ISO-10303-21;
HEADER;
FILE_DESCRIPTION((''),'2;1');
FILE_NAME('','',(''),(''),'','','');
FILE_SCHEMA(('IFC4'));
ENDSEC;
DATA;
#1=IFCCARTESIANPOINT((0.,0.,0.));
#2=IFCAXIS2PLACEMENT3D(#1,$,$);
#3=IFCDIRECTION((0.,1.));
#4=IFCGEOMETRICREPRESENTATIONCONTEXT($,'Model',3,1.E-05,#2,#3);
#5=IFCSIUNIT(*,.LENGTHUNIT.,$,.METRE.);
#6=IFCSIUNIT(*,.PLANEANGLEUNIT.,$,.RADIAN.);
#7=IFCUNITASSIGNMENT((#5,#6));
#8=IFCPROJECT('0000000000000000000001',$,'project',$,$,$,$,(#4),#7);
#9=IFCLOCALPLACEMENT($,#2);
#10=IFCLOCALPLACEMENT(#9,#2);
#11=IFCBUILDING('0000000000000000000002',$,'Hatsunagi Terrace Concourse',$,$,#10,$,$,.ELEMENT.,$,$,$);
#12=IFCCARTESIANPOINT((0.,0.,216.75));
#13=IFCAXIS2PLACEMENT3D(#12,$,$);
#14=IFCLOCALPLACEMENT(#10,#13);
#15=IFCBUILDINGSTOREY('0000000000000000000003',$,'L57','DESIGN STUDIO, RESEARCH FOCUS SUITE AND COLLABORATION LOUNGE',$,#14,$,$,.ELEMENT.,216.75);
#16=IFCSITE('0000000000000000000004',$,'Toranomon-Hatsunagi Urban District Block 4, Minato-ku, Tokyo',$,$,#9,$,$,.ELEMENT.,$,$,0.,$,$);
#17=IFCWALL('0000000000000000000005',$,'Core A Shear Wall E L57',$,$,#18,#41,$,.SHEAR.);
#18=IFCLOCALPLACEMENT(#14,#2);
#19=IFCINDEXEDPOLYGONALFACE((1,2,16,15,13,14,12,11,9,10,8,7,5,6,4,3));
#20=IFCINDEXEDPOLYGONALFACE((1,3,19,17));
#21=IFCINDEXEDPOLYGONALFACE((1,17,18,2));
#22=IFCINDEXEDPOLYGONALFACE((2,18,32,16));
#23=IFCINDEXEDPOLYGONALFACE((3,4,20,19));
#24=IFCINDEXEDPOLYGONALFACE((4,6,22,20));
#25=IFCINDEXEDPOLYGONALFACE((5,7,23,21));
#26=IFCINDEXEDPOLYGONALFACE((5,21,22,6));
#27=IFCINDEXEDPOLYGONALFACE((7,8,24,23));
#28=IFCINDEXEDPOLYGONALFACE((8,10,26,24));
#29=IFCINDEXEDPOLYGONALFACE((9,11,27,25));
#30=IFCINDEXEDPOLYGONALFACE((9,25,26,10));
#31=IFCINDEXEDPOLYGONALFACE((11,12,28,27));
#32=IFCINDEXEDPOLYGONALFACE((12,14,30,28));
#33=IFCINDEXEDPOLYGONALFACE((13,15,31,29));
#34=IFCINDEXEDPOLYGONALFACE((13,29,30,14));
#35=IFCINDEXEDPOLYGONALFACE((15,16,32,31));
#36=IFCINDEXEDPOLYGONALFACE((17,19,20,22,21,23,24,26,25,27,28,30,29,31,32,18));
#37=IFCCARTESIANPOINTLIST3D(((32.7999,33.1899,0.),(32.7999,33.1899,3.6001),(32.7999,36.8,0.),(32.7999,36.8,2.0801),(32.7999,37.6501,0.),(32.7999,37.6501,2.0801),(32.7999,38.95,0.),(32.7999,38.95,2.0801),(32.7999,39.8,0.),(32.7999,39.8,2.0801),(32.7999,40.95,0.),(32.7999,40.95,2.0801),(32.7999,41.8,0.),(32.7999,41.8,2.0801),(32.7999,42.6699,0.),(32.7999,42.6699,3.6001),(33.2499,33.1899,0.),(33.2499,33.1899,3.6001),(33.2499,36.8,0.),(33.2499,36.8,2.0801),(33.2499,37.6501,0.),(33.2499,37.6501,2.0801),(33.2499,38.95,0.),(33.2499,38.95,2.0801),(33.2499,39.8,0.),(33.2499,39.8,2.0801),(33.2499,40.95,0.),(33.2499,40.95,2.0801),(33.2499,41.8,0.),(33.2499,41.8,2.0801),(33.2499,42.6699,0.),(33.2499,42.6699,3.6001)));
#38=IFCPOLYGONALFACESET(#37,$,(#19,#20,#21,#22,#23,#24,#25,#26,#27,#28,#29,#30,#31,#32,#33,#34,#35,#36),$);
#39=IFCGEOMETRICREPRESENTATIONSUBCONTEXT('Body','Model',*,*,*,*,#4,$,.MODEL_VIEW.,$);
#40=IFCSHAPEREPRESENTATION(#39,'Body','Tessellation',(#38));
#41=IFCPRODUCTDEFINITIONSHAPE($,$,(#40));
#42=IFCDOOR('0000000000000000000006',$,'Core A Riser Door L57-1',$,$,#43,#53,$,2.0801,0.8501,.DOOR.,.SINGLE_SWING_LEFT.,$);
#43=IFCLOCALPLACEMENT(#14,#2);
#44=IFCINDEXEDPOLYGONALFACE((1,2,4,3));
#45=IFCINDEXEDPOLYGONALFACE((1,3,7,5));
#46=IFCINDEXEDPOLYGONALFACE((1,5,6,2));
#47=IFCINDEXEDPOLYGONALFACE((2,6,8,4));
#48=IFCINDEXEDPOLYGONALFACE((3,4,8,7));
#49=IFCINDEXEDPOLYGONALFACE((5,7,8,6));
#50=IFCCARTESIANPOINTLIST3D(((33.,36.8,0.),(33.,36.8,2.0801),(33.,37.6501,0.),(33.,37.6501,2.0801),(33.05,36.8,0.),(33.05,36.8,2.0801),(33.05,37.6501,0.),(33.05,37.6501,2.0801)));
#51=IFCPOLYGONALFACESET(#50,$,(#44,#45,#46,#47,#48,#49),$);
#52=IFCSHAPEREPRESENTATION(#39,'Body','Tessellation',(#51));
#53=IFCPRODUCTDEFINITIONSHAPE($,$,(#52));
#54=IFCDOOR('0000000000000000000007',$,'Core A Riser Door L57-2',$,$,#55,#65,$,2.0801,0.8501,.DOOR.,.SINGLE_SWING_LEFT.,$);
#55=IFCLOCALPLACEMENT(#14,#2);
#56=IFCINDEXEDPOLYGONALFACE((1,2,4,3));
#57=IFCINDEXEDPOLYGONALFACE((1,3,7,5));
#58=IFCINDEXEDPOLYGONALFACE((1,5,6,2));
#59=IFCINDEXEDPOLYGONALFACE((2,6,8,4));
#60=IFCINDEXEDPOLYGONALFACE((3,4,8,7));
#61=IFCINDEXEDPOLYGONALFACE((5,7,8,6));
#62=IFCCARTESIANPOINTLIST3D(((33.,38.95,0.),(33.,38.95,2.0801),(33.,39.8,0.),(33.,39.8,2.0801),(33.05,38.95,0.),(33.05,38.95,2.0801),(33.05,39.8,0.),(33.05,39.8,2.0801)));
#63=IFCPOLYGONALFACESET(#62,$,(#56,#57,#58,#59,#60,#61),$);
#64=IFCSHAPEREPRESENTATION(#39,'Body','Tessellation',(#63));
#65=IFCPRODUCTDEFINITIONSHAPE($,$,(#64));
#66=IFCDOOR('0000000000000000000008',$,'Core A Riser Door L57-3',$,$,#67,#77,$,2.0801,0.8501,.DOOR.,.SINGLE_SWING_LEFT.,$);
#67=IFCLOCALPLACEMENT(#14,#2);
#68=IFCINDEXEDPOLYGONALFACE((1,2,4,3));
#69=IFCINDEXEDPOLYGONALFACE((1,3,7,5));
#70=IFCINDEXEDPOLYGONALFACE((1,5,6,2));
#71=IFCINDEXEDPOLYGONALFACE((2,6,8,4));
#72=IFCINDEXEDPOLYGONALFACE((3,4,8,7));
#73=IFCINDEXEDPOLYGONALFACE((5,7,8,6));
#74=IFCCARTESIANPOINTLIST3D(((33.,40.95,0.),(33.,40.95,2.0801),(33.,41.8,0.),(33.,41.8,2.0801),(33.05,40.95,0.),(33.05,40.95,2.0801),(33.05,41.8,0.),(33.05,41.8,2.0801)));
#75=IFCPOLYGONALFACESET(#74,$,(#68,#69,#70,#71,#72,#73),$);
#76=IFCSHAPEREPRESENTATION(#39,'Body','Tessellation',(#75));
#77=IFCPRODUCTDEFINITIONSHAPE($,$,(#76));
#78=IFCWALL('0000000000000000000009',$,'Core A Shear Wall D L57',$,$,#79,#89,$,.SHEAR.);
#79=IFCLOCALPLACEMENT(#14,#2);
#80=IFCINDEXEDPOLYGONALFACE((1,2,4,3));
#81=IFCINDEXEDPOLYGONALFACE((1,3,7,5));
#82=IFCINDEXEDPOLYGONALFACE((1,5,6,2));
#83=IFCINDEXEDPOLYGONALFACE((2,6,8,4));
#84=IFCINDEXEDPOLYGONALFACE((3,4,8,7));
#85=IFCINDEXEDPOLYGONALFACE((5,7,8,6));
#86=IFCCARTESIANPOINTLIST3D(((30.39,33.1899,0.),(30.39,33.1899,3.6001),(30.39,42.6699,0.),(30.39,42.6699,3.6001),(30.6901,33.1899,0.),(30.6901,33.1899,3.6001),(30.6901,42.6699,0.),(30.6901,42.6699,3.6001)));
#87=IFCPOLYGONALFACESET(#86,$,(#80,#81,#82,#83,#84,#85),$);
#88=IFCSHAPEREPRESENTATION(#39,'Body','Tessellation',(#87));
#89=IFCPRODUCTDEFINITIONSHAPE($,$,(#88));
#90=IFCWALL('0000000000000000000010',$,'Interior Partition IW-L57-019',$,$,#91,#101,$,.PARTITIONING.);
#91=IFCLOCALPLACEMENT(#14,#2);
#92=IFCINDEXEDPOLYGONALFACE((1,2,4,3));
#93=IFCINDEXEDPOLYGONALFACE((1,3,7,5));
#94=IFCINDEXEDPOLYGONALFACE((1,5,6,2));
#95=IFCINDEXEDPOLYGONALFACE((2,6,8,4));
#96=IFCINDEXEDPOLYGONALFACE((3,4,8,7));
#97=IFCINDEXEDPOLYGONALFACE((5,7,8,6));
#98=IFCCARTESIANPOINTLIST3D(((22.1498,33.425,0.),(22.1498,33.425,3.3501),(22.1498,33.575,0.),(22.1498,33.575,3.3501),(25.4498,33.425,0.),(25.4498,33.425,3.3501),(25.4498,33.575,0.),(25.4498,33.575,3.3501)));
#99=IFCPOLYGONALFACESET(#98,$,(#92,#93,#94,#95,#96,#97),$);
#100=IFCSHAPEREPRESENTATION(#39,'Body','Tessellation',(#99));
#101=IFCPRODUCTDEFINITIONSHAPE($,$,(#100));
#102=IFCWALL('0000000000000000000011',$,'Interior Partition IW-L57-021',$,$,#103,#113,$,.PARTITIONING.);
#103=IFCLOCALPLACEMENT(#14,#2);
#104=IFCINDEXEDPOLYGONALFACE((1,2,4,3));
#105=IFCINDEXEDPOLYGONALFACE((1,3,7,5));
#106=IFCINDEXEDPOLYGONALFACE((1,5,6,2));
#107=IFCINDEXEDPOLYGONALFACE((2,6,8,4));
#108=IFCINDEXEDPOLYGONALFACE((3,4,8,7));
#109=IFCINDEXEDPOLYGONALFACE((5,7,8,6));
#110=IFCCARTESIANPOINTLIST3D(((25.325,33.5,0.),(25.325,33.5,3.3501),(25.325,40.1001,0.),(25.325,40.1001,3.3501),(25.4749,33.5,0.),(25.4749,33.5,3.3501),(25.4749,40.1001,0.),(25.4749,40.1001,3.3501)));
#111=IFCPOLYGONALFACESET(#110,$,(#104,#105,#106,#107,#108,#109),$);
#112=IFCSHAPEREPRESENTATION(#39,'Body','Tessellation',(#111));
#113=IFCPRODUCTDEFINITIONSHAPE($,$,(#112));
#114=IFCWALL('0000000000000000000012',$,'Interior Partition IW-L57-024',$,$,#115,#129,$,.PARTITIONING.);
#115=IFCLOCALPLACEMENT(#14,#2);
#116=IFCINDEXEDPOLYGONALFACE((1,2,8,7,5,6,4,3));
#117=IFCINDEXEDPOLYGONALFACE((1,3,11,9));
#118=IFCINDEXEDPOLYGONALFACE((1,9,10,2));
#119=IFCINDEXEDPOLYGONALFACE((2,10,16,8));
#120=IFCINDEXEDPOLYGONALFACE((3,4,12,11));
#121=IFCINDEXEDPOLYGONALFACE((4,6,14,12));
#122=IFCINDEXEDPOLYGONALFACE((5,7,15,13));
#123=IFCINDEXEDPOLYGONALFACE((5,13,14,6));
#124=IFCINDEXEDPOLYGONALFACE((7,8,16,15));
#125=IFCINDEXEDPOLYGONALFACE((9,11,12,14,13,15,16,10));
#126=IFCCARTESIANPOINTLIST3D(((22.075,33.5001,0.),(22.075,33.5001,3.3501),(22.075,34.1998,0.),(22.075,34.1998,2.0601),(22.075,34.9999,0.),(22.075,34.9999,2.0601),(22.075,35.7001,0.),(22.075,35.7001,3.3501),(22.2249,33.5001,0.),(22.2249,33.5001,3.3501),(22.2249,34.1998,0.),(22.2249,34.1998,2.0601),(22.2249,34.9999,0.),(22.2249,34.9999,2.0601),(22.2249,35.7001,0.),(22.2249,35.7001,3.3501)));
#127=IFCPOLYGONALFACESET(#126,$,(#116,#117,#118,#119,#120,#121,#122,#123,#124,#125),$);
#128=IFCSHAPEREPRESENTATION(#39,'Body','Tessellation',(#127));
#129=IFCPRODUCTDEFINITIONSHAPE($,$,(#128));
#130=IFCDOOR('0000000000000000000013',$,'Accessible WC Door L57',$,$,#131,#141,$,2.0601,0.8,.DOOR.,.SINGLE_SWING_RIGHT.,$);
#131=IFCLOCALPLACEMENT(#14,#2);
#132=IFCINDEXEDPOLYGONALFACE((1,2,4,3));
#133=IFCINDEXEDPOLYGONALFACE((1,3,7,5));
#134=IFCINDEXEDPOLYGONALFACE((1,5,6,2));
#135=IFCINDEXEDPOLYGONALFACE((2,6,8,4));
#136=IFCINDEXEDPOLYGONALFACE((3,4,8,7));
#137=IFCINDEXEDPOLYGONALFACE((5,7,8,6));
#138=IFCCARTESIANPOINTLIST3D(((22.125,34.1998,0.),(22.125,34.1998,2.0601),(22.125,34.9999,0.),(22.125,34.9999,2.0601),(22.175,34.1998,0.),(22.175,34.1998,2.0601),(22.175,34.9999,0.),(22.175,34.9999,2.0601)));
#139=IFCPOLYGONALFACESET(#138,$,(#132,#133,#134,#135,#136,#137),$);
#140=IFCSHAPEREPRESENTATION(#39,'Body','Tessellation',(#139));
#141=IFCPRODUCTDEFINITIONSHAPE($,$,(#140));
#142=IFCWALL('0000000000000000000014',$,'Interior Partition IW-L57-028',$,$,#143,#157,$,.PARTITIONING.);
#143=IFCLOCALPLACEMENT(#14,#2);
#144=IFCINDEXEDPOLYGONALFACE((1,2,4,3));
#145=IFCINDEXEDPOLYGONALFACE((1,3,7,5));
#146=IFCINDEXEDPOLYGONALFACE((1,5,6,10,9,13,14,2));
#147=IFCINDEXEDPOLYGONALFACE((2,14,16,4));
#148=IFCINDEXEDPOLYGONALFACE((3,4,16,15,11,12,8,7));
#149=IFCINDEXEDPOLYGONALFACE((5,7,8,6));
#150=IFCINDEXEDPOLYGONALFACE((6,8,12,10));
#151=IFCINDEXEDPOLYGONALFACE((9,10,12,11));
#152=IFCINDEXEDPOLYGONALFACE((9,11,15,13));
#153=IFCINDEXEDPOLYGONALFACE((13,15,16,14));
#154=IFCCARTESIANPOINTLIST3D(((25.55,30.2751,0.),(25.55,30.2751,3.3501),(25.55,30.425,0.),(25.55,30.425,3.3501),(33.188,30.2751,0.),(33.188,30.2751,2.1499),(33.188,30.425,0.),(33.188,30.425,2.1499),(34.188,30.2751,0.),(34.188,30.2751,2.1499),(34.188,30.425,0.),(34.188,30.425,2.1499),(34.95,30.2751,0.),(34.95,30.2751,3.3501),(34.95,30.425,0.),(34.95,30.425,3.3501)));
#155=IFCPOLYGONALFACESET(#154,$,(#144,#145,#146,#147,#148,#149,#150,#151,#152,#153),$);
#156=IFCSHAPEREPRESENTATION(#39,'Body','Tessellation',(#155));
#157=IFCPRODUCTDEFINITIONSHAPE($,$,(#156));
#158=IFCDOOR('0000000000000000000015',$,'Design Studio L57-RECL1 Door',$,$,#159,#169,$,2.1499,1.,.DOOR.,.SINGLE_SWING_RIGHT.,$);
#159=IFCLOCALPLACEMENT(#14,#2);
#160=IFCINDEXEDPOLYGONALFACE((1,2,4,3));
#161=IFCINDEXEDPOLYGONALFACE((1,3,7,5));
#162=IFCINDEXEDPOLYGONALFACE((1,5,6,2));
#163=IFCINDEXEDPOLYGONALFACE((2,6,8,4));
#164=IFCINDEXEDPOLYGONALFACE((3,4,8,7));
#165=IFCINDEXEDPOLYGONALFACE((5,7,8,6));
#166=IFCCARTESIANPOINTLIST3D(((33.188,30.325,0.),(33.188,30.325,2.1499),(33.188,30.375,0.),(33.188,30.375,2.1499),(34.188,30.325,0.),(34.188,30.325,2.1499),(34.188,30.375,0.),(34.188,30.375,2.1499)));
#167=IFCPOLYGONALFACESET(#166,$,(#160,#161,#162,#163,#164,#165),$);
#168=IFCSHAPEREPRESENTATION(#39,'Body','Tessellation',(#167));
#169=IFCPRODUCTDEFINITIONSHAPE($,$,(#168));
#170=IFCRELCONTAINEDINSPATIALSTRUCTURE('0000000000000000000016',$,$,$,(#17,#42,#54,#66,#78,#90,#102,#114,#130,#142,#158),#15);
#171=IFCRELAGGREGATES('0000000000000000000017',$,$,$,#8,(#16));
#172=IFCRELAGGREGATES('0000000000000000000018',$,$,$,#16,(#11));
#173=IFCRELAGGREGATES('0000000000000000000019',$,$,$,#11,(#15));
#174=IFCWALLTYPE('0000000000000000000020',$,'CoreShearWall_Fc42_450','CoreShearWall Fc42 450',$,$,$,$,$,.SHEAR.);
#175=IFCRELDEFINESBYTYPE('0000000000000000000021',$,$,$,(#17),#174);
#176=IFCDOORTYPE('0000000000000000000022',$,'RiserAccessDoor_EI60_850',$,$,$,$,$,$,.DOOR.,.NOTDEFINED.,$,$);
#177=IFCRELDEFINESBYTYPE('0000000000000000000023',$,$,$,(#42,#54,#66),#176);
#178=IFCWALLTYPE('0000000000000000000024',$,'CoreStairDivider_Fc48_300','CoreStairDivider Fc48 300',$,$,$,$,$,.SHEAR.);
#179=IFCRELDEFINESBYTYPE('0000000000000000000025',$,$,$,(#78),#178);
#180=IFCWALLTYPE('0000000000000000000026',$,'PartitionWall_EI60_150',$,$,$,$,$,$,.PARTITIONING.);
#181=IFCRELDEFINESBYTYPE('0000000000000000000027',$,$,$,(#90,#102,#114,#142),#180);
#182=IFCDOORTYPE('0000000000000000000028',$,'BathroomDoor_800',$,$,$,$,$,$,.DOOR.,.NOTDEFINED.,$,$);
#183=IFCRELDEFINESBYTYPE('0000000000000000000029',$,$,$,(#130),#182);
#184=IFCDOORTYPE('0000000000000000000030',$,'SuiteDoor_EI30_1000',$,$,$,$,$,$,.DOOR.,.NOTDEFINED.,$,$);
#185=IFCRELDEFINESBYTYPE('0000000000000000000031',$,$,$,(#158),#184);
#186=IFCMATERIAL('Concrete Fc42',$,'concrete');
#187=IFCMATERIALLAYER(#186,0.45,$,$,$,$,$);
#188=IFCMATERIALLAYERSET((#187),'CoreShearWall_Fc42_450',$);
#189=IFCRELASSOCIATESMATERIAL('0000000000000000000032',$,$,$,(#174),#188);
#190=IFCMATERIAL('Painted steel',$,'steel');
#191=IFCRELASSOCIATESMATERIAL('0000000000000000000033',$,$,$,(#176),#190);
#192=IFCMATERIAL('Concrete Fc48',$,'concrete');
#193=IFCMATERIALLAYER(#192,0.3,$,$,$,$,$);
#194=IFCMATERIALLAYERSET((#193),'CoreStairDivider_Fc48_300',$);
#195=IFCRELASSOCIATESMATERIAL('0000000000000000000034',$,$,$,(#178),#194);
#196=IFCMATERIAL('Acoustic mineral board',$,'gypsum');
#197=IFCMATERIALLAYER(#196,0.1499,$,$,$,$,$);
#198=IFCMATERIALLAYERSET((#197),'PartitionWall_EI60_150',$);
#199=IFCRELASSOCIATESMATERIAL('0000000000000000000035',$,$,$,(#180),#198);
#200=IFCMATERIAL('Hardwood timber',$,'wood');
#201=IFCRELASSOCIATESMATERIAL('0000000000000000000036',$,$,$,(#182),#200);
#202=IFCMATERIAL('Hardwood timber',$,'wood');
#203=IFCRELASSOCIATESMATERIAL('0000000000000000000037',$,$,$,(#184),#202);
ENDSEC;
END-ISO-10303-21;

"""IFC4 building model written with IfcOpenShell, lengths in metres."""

from ifc_helpers import new_model, si_unit, direction, frame, frame_2d, origin, place, context, subcontext, project, spatial, rectangle, extrude, material, layer, layer_set, type_object, element, fill, save


model = new_model("IFC4")

# Units and contexts
model_context = context("Model", 3, precision=1e-05, world=origin(), true_north=direction((0.0, 1.0)))
body_context = subcontext(model_context, "Body", "Model", "MODEL_VIEW")
ifc_project = project(units=[si_unit("LENGTHUNIT", "METRE"), si_unit("PLANEANGLEUNIT", "RADIAN")], contexts=[model_context])

# Site, building, storey
site_placement = place(None, origin())
site = spatial("IfcSite", under=ifc_project, at=site_placement, Name="Toranomon-Hatsunagi Urban District Block 4, Minato-ku, Tokyo", CompositionType="ELEMENT", RefElevation=0.0)
building_placement = place(site_placement, origin())
building = spatial("IfcBuilding", under=site, at=building_placement, Name="Hatsunagi Terrace Concourse", CompositionType="ELEMENT")
storey_placement = place(building_placement, frame((0.0, 0.0, 216.75)))
storey = spatial("IfcBuildingStorey", under=building, at=storey_placement, Name="L57", Description="DESIGN STUDIO, RESEARCH FOCUS SUITE AND COLLABORATION LOUNGE", CompositionType="ELEMENT", Elevation=216.75)

# Shared definitions
ifc_material_1 = material(Name="Concrete Fc42", Category="concrete")
ifc_layer_1 = layer(ifc_material_1, 0.45)
ifc_layer_set_1 = layer_set([ifc_layer_1], Name="CoreShearWall_Fc42_450")
wall_type_1 = type_object("IfcWallType", Name="CoreShearWall_Fc42_450", Description="CoreShearWall Fc42 450", PredefinedType="SHEAR", material=ifc_layer_set_1)

# Wall, openings, doors
wall_1_placement = place(storey_placement, frame((33.0249, 33.1899, 0.0), z_axis=(0.0, 0.0, 1.0), x_axis=(0.0, 1.0, 0.0)))
wall_1 = element("IfcWall", 1, at=wall_1_placement, inside=storey, type_object=wall_type_1, Name="Core A Shear Wall E L57", PredefinedType="SHEAR", context=body_context, shape_type="SweptSolid", body=[
    extrude(rectangle(XDim=9.48, YDim=0.45, at=frame_2d((4.74, 0.0))), origin(), (0.0, 0.0, 1.0), 3.6001),
])
opening_1_placement = place(wall_1_placement, frame((3.6101, 0.0, 0.0)))
opening_1 = element("IfcOpeningElement", 2, at=opening_1_placement, cuts=wall_1, PredefinedType="OPENING", context=body_context, shape_type="SweptSolid", body=[
    extrude(rectangle(XDim=0.8501, YDim=2.0801, at=frame_2d((0.425, 1.04))), frame((0.0, 0.2349, 0.0), z_axis=(0.0, -1.0, 0.0), x_axis=(1.0, 0.0, 0.0)), (0.0, 0.0, 1.0), 0.47),
])
opening_2_placement = place(wall_1_placement, frame((5.76, 0.0, 0.0)))
opening_2 = element("IfcOpeningElement", 3, at=opening_2_placement, cuts=wall_1, PredefinedType="OPENING", context=body_context, shape_type="SweptSolid", body=[
    extrude(rectangle(XDim=0.8501, YDim=2.0801, at=frame_2d((0.425, 1.04))), frame((0.0, 0.2349, 0.0), z_axis=(0.0, -1.0, 0.0), x_axis=(1.0, 0.0, 0.0)), (0.0, 0.0, 1.0), 0.47),
])
opening_3_placement = place(wall_1_placement, frame((7.76, 0.0, 0.0)))
opening_3 = element("IfcOpeningElement", 4, at=opening_3_placement, cuts=wall_1, PredefinedType="OPENING", context=body_context, shape_type="SweptSolid", body=[
    extrude(rectangle(XDim=0.8501, YDim=2.0801, at=frame_2d((0.425, 1.04))), frame((0.0, 0.2349, 0.0), z_axis=(0.0, -1.0, 0.0), x_axis=(1.0, 0.0, 0.0)), (0.0, 0.0, 1.0), 0.47),
])
ifc_material_2 = material(Name="Painted steel", Category="steel")
door_type_1 = type_object("IfcDoorType", Name="RiserAccessDoor_EI60_850", OperationType="NOTDEFINED", PredefinedType="DOOR", material=ifc_material_2)
door_1_placement = place(opening_1_placement, origin())
door_1 = element("IfcDoor", 5, at=door_1_placement, inside=storey, type_object=door_type_1, Name="Core A Riser Door L57-1", OperationType="SINGLE_SWING_LEFT", OverallHeight=2.0801, OverallWidth=0.8501, PredefinedType="DOOR", context=body_context, shape_type="SweptSolid", body=[
    extrude(rectangle(XDim=0.8501, YDim=2.0801, at=frame_2d((0.425, 1.04))), frame((0.0, 0.0249, 0.0), z_axis=(0.0, -1.0, 0.0), x_axis=(1.0, 0.0, 0.0)), (0.0, 0.0, 1.0), 0.05),
])
fill(opening_1, door_1)
door_2_placement = place(opening_2_placement, origin())
door_2 = element("IfcDoor", 6, at=door_2_placement, inside=storey, type_object=door_type_1, Name="Core A Riser Door L57-2", OperationType="SINGLE_SWING_LEFT", OverallHeight=2.0801, OverallWidth=0.8501, PredefinedType="DOOR", context=body_context, shape_type="SweptSolid", body=[
    extrude(rectangle(XDim=0.8501, YDim=2.0801, at=frame_2d((0.425, 1.04))), frame((0.0, 0.0249, 0.0), z_axis=(0.0, -1.0, 0.0), x_axis=(1.0, 0.0, 0.0)), (0.0, 0.0, 1.0), 0.05),
])
fill(opening_2, door_2)
door_3_placement = place(opening_3_placement, origin())
door_3 = element("IfcDoor", 7, at=door_3_placement, inside=storey, type_object=door_type_1, Name="Core A Riser Door L57-3", OperationType="SINGLE_SWING_LEFT", OverallHeight=2.0801, OverallWidth=0.8501, PredefinedType="DOOR", context=body_context, shape_type="SweptSolid", body=[
    extrude(rectangle(XDim=0.8501, YDim=2.0801, at=frame_2d((0.425, 1.04))), frame((0.0, 0.0249, 0.0), z_axis=(0.0, -1.0, 0.0), x_axis=(1.0, 0.0, 0.0)), (0.0, 0.0, 1.0), 0.05),
])
fill(opening_3, door_3)

# Walls
ifc_material_3 = material(Name="Concrete Fc48", Category="concrete")
ifc_layer_2 = layer(ifc_material_3, 0.3)
ifc_layer_set_2 = layer_set([ifc_layer_2], Name="CoreStairDivider_Fc48_300")
wall_type_2 = type_object("IfcWallType", Name="CoreStairDivider_Fc48_300", Description="CoreStairDivider Fc48 300", PredefinedType="SHEAR", material=ifc_layer_set_2)
wall_2_placement = place(storey_placement, frame((30.54, 33.1899, 0.0), z_axis=(0.0, 0.0, 1.0), x_axis=(0.0, 1.0, 0.0)))
element("IfcWall", 8, at=wall_2_placement, inside=storey, type_object=wall_type_2, Name="Core A Shear Wall D L57", PredefinedType="SHEAR", context=body_context, shape_type="SweptSolid", body=[
    extrude(rectangle(XDim=9.48, YDim=0.3, at=frame_2d((4.74, 0.0))), origin(), (0.0, 0.0, 1.0), 3.6001),
])
ifc_material_4 = material(Name="Acoustic mineral board", Category="gypsum")
ifc_layer_3 = layer(ifc_material_4, 0.1499)
ifc_layer_set_3 = layer_set([ifc_layer_3], Name="PartitionWall_EI60_150")
wall_type_3 = type_object("IfcWallType", Name="PartitionWall_EI60_150", PredefinedType="PARTITIONING", material=ifc_layer_set_3)
wall_3_placement = place(storey_placement, frame((22.1499, 33.5, 0.0), z_axis=(0.0, 0.0, 1.0), x_axis=(1.0, 0.0, 0.0)))
element("IfcWall", 9, at=wall_3_placement, inside=storey, type_object=wall_type_3, Name="Interior Partition IW-L57-019", PredefinedType="PARTITIONING", context=body_context, shape_type="SweptSolid", body=[
    extrude(rectangle(XDim=3.3, YDim=0.1499, at=frame_2d((1.6499, 0.0))), origin(), (0.0, 0.0, 1.0), 3.3501),
])
wall_4_placement = place(storey_placement, frame((25.3999, 33.5, 0.0), z_axis=(0.0, 0.0, 1.0), x_axis=(0.0, 1.0, 0.0)))
element("IfcWall", 10, at=wall_4_placement, inside=storey, type_object=wall_type_3, Name="Interior Partition IW-L57-021", PredefinedType="PARTITIONING", context=body_context, shape_type="SweptSolid", body=[
    extrude(rectangle(XDim=6.6001, YDim=0.1499, at=frame_2d((3.3, 0.0))), origin(), (0.0, 0.0, 1.0), 3.3501),
])

# Walls, openings, doors
wall_5_placement = place(storey_placement, frame((22.1499, 33.5, 0.0), z_axis=(0.0, 0.0, 1.0), x_axis=(0.0, 1.0, 0.0)))
wall_5 = element("IfcWall", 11, at=wall_5_placement, inside=storey, type_object=wall_type_3, Name="Interior Partition IW-L57-024", PredefinedType="PARTITIONING", context=body_context, shape_type="SweptSolid", body=[
    extrude(rectangle(XDim=2.2, YDim=0.1499, at=frame_2d((1.1001, 0.0))), origin(), (0.0, 0.0, 1.0), 3.3501),
])
opening_4_placement = place(wall_5_placement, frame((0.7, 0.0, 0.0)))
opening_4 = element("IfcOpeningElement", 12, at=opening_4_placement, cuts=wall_5, PredefinedType="OPENING", context=body_context, shape_type="SweptSolid", body=[
    extrude(rectangle(XDim=0.8, YDim=2.0601, at=frame_2d((0.3999, 1.03))), frame((0.0, 0.085, 0.0), z_axis=(0.0, -1.0, 0.0), x_axis=(1.0, 0.0, 0.0)), (0.0, 0.0, 1.0), 0.1699),
])
ifc_material_5 = material(Name="Hardwood timber", Category="wood")
door_type_2 = type_object("IfcDoorType", Name="BathroomDoor_800", OperationType="NOTDEFINED", PredefinedType="DOOR", material=ifc_material_5)
door_4_placement = place(opening_4_placement, origin())
door_4 = element("IfcDoor", 13, at=door_4_placement, inside=storey, type_object=door_type_2, Name="Accessible WC Door L57", OperationType="SINGLE_SWING_RIGHT", OverallHeight=2.0601, OverallWidth=0.8, PredefinedType="DOOR", context=body_context, shape_type="SweptSolid", body=[
    extrude(rectangle(XDim=0.8, YDim=2.0601, at=frame_2d((0.3999, 1.03))), frame((0.0, 0.0249, 0.0), z_axis=(0.0, -1.0, 0.0), x_axis=(1.0, 0.0, 0.0)), (0.0, 0.0, 1.0), 0.05),
])
fill(opening_4, door_4)
wall_6_placement = place(storey_placement, frame((25.55, 30.3501, 0.0), z_axis=(0.0, 0.0, 1.0), x_axis=(1.0, 0.0, 0.0)))
wall_6 = element("IfcWall", 14, at=wall_6_placement, inside=storey, type_object=wall_type_3, Name="Interior Partition IW-L57-028", PredefinedType="PARTITIONING", context=body_context, shape_type="SweptSolid", body=[
    extrude(rectangle(XDim=9.3999, YDim=0.1499, at=frame_2d((4.7, 0.0))), origin(), (0.0, 0.0, 1.0), 3.3501),
])
opening_5_placement = place(wall_6_placement, frame((7.6379, 0.0, 0.0)))
opening_5 = element("IfcOpeningElement", 15, at=opening_5_placement, cuts=wall_6, PredefinedType="OPENING", context=body_context, shape_type="SweptSolid", body=[
    extrude(rectangle(XDim=1.0, YDim=2.1499, at=frame_2d((0.5, 1.075))), frame((0.0, 0.085, 0.0), z_axis=(0.0, -1.0, 0.0), x_axis=(1.0, 0.0, 0.0)), (0.0, 0.0, 1.0), 0.1699),
])
ifc_material_6 = material(Name="Hardwood timber", Category="wood")
door_type_3 = type_object("IfcDoorType", Name="SuiteDoor_EI30_1000", OperationType="NOTDEFINED", PredefinedType="DOOR", material=ifc_material_6)
door_5_placement = place(opening_5_placement, origin())
door_5 = element("IfcDoor", 16, at=door_5_placement, inside=storey, type_object=door_type_3, Name="Design Studio L57-RECL1 Door", OperationType="SINGLE_SWING_RIGHT", OverallHeight=2.1499, OverallWidth=1.0, PredefinedType="DOOR", context=body_context, shape_type="SweptSolid", body=[
    extrude(rectangle(XDim=1.0, YDim=2.1499, at=frame_2d((0.5, 1.075))), frame((0.0, 0.0249, 0.0), z_axis=(0.0, -1.0, 0.0), x_axis=(1.0, 0.0, 0.0)), (0.0, 0.0, 1.0), 0.05),
])
fill(opening_5, door_5)

save(model, "model.ifc")
